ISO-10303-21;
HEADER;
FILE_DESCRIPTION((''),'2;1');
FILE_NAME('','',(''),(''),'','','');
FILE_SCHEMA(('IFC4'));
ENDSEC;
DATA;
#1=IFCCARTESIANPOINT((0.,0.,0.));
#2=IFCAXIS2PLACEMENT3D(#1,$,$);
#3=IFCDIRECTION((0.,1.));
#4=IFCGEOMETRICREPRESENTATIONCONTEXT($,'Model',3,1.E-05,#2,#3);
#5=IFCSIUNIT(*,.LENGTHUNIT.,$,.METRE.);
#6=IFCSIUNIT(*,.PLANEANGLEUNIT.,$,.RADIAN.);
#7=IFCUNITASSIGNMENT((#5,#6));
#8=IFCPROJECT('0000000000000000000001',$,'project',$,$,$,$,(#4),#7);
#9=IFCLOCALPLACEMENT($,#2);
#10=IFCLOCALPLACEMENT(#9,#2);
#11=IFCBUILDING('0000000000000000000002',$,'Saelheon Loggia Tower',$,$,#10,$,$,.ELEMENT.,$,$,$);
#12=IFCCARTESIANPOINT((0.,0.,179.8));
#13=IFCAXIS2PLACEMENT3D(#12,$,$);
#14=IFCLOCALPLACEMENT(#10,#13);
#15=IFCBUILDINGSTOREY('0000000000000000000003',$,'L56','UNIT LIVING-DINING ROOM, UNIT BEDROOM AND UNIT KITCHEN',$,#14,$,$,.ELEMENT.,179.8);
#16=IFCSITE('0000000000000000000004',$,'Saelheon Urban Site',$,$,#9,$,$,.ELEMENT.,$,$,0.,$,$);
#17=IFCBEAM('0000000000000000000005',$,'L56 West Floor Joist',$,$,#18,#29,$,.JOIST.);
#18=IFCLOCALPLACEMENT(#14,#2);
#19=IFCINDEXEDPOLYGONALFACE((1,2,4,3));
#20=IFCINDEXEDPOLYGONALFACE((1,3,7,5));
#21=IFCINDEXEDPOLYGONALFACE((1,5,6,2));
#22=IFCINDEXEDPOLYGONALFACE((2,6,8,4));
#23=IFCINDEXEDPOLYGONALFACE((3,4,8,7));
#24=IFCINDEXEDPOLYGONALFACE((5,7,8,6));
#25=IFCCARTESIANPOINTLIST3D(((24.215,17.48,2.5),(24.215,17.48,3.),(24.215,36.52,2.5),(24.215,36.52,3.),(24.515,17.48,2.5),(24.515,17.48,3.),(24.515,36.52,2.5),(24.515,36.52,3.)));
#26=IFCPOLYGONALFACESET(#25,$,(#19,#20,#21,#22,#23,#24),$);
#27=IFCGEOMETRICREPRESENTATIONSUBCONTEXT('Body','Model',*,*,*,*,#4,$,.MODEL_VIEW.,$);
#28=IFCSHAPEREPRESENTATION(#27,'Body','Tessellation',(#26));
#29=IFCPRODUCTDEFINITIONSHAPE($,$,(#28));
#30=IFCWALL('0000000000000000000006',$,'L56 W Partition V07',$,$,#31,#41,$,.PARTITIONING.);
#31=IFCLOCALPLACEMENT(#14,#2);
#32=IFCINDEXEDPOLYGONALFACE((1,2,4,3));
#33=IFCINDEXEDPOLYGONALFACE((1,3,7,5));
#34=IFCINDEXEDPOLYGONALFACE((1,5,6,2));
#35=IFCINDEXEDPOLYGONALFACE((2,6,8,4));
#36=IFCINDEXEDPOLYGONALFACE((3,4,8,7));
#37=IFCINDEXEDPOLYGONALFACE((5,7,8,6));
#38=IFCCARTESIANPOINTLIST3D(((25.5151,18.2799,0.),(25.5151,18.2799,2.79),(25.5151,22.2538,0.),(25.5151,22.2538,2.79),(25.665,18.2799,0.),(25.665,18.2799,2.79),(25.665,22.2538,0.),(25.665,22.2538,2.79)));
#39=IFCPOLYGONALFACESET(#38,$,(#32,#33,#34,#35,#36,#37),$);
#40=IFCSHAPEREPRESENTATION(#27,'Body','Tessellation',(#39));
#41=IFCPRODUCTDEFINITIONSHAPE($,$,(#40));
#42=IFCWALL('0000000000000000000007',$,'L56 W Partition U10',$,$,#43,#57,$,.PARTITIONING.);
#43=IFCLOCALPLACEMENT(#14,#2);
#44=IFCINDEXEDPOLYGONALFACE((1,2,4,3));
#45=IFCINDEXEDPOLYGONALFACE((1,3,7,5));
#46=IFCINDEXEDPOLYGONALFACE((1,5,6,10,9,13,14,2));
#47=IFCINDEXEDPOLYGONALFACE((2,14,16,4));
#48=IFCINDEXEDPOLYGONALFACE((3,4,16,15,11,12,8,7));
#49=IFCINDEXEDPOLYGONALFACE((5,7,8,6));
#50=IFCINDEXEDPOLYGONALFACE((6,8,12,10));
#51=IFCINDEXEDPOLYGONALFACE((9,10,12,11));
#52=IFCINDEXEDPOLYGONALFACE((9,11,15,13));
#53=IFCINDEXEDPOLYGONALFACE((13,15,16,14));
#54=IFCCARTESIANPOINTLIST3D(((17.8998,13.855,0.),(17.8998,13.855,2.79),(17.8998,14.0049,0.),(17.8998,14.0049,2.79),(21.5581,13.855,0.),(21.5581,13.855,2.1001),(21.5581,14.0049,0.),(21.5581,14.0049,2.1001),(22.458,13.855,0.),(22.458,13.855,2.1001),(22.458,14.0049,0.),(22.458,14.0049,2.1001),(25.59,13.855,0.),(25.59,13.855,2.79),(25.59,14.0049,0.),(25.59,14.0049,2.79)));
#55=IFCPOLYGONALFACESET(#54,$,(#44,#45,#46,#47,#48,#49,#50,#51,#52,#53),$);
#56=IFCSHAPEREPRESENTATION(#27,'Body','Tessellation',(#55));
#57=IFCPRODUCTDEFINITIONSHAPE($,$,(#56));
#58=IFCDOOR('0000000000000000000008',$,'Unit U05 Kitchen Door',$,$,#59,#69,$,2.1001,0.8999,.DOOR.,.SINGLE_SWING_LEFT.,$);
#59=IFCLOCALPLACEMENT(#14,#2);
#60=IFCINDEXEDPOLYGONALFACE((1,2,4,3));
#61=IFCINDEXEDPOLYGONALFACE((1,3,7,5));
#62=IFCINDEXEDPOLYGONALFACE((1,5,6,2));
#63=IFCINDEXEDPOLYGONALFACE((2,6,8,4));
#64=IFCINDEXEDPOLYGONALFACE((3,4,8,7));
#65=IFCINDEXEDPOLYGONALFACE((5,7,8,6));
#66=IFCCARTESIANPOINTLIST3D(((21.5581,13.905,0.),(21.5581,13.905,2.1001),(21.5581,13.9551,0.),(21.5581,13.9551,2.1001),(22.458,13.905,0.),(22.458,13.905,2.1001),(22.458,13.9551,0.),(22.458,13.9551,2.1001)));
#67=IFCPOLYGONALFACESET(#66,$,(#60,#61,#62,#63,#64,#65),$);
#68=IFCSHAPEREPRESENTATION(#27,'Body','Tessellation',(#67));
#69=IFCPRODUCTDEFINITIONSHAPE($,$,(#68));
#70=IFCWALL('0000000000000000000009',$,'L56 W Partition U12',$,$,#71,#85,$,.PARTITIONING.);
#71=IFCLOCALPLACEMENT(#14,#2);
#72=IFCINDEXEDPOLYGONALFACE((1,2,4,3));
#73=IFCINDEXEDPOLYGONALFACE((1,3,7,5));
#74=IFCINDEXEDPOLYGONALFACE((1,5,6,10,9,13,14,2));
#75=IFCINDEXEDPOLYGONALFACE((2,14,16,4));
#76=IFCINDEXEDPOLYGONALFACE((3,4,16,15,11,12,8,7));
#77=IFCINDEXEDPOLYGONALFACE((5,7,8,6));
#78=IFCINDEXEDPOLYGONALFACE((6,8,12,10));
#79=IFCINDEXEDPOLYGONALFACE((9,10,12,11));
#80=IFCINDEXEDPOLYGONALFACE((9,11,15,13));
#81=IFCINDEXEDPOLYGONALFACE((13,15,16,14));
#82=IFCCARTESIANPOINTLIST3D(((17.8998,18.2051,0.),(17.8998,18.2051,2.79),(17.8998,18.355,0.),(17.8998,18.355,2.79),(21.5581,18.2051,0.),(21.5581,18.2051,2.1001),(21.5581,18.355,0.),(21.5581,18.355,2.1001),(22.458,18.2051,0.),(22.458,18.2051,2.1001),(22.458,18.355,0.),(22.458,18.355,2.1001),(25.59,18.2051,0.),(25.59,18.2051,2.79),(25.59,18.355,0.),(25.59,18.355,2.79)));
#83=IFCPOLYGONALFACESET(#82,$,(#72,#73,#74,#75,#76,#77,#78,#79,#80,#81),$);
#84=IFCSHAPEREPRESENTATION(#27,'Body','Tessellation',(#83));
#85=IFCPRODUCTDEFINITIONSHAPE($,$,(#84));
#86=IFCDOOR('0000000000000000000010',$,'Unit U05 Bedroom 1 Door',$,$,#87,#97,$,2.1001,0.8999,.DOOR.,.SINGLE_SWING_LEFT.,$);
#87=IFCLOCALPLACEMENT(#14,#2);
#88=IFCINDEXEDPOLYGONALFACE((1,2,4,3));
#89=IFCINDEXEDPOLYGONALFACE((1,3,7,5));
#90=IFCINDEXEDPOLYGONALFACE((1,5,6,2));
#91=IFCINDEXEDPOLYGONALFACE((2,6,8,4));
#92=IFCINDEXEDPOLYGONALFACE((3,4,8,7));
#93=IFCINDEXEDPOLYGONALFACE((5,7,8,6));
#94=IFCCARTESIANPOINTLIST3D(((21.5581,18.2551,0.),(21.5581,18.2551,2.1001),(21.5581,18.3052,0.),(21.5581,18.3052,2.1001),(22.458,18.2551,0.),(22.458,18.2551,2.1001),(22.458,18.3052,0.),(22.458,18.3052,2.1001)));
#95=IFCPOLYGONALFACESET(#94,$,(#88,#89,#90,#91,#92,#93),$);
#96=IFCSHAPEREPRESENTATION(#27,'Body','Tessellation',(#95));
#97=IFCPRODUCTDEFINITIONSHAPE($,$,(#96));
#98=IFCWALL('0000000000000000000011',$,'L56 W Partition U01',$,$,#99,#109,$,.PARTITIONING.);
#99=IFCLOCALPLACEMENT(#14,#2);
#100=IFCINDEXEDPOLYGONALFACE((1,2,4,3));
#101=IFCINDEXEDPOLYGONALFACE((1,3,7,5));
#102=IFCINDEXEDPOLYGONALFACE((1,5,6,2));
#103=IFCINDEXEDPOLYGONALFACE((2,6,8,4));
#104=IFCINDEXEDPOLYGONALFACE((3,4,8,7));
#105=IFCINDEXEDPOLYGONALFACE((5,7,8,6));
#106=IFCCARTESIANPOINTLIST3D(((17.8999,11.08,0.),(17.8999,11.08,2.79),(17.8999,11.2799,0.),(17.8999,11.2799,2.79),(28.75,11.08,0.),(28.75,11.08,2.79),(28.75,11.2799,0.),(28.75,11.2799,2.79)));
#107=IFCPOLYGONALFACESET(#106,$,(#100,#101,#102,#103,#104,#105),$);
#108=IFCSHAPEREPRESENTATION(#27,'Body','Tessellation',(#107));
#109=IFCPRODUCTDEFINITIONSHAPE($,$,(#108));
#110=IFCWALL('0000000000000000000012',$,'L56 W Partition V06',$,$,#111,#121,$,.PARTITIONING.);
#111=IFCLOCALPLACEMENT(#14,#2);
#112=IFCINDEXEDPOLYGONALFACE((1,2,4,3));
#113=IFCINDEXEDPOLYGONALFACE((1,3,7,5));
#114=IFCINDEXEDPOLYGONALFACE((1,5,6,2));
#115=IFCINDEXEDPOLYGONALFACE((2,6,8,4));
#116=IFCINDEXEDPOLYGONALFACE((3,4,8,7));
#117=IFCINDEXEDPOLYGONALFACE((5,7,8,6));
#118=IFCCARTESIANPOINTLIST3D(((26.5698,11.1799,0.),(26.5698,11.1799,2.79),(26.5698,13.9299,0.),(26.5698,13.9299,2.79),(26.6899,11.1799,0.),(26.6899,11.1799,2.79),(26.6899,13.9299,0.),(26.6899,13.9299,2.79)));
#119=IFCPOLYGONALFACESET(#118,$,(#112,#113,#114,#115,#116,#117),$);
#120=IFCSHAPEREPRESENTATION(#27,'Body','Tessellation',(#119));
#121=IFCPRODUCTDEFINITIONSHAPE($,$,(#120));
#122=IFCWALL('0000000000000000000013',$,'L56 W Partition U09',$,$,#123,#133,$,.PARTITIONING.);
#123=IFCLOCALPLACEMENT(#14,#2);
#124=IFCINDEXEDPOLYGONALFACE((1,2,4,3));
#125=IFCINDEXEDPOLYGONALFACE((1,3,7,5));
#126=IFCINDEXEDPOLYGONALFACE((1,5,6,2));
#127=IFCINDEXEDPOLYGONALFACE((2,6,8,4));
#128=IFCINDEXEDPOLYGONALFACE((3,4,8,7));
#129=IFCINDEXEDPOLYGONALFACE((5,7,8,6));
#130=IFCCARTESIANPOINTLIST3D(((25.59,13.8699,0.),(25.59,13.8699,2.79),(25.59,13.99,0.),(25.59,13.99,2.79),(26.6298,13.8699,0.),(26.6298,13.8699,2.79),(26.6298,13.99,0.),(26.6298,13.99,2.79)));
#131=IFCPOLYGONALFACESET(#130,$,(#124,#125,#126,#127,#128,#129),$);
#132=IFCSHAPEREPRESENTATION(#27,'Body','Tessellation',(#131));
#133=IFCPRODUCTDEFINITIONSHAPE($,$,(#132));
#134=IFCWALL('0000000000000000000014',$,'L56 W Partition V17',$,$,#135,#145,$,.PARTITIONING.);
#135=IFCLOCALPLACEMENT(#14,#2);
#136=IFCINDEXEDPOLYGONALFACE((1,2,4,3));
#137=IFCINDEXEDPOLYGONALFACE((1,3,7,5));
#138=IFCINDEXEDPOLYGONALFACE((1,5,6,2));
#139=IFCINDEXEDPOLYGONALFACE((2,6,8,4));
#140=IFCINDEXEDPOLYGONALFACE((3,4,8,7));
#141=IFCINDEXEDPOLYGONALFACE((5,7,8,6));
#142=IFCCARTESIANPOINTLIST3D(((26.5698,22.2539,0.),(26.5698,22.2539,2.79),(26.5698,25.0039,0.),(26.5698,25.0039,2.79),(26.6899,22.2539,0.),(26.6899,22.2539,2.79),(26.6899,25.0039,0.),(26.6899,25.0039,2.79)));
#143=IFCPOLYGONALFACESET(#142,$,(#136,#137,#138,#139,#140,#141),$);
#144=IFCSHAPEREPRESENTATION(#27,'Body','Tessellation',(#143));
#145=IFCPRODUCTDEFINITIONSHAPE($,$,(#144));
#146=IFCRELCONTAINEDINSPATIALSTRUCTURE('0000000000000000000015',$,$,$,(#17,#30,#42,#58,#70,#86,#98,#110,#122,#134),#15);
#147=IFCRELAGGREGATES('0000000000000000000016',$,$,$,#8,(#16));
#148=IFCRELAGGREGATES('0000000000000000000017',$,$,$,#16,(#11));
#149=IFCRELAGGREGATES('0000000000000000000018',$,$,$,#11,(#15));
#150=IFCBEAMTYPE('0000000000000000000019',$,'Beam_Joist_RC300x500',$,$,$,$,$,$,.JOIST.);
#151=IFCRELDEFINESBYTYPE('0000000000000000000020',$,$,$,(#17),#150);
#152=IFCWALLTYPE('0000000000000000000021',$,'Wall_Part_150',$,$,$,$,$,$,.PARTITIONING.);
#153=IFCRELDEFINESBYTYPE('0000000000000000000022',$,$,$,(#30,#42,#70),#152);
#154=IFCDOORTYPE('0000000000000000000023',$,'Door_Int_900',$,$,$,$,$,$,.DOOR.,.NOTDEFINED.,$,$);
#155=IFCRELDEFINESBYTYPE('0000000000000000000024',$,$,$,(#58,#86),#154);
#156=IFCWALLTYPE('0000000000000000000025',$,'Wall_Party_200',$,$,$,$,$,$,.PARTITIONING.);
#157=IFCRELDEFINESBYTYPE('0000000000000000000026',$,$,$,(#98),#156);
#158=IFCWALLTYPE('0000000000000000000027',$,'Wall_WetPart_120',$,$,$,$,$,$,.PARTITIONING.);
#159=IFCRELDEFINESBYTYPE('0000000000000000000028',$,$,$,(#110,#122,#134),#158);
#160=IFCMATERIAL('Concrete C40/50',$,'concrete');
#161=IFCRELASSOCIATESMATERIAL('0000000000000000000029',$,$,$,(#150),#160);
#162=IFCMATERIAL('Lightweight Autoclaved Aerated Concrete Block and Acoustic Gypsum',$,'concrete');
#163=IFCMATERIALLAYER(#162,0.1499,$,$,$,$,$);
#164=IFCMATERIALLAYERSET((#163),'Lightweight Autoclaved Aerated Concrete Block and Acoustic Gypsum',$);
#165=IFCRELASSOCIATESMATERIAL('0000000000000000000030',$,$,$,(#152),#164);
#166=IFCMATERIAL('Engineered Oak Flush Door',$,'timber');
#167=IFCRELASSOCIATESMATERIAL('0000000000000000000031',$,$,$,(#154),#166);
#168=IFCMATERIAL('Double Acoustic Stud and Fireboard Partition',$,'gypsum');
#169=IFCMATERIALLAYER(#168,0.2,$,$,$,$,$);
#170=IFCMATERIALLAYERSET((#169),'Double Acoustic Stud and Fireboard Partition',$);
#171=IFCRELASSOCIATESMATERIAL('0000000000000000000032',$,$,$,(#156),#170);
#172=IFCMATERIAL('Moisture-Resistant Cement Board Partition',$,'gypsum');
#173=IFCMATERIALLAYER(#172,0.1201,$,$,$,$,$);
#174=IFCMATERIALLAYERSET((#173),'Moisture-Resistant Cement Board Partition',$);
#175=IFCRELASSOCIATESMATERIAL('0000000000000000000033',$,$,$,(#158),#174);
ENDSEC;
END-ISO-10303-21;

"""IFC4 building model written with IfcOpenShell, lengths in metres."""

from ifc_helpers import new_model, si_unit, direction, frame, frame_2d, origin, origin_2d, place, context, subcontext, project, spatial, rectangle, extrude, source, transform, mapped, material, layer, layer_set, material_profile, profile_set, type_object, element, fill, save


model = new_model("IFC4")

# Units and contexts
model_context = context("Model", 3, precision=1e-05, world=origin(), true_north=direction((0.0, 1.0)))
body_context = subcontext(model_context, "Body", "Model", "MODEL_VIEW")
ifc_project = project(units=[si_unit("LENGTHUNIT", "METRE"), si_unit("PLANEANGLEUNIT", "RADIAN")], contexts=[model_context])

# Site, building, storey
site_placement = place(None, origin())
site = spatial("IfcSite", under=ifc_project, at=site_placement, Name="Saelheon Urban Site", CompositionType="ELEMENT", RefElevation=0.0)
building_placement = place(site_placement, origin())
building = spatial("IfcBuilding", under=site, at=building_placement, Name="Saelheon Loggia Tower", CompositionType="ELEMENT")
storey_placement = place(building_placement, frame((0.0, 0.0, 179.8)))
storey = spatial("IfcBuildingStorey", under=building, at=storey_placement, Name="L56", Description="UNIT LIVING-DINING ROOM, UNIT BEDROOM AND UNIT KITCHEN", CompositionType="ELEMENT", Elevation=179.8)

# Beam
ifc_material_1 = material(Name="Concrete C40/50", Category="concrete")
ifc_material_profile = material_profile(ifc_material_1, rectangle(XDim=0.3, YDim=0.5, at=origin_2d()), Name="RC-300x500")
ifc_profile_set = profile_set([ifc_material_profile], Name="Concrete C40/50")
beam_type = type_object("IfcBeamType", Name="Beam_Joist_RC300x500", PredefinedType="JOIST", material=ifc_profile_set)
shared_shape_1 = source(origin(), body_context, "Body", "SweptSolid", [
    extrude(rectangle(XDim=0.3, YDim=0.5, at=origin_2d()), origin(), (0.0, 0.0, 1.0), 19.04),
])
beam_placement = place(storey_placement, frame((24.365, 17.48, 2.75), z_axis=(0.0, 1.0, 0.0), x_axis=(-1.0, 0.0, 0.0)))
element("IfcBeam", 1, at=beam_placement, inside=storey, type_object=beam_type, Name="L56 West Floor Joist", PredefinedType="JOIST", context=body_context, shape_type="MappedRepresentation", body=[
    mapped(shared_shape_1, transform((0.0, 0.0, 0.0), scale=1.0)),
])

# Wall
ifc_material_2 = material(Name="Lightweight Autoclaved Aerated Concrete Block and Acoustic Gypsum", Category="concrete")
ifc_layer_1 = layer(ifc_material_2, 0.1499)
ifc_layer_set_1 = layer_set([ifc_layer_1], Name="Lightweight Autoclaved Aerated Concrete Block and Acoustic Gypsum")
wall_type_1 = type_object("IfcWallType", Name="Wall_Part_150", PredefinedType="PARTITIONING", material=ifc_layer_set_1)
wall_1_placement = place(storey_placement, frame((25.5901, 18.28, 0.0), z_axis=(0.0, 0.0, 1.0), x_axis=(0.0, 1.0, 0.0)))
element("IfcWall", 2, at=wall_1_placement, inside=storey, type_object=wall_type_1, Name="L56 W Partition V07", PredefinedType="PARTITIONING", context=body_context, shape_type="SweptSolid", body=[
    extrude(rectangle(XDim=3.9739, YDim=0.1499, at=frame_2d((1.9868, 0.0))), origin(), (0.0, 0.0, 1.0), 2.79),
])

# Walls, openings, doors
wall_2_placement = place(storey_placement, frame((25.5901, 13.9299, 0.0), z_axis=(0.0, 0.0, 1.0), x_axis=(-1.0, 0.0, 0.0)))
wall_2 = element("IfcWall", 3, at=wall_2_placement, inside=storey, type_object=wall_type_1, Name="L56 W Partition U10", PredefinedType="PARTITIONING", context=body_context, shape_type="SweptSolid", body=[
    extrude(rectangle(XDim=7.6902, YDim=0.1499, at=frame_2d((3.8452, 0.0))), origin(), (0.0, 0.0, 1.0), 2.79),
])
opening_1_placement = place(wall_2_placement, frame((3.1321, 0.0, 0.0)))
opening_1 = element("IfcOpeningElement", 4, at=opening_1_placement, cuts=wall_2, PredefinedType="OPENING", context=body_context, shape_type="SweptSolid", body=[
    extrude(rectangle(XDim=0.8999, YDim=2.1001, at=frame_2d((0.45, 1.05))), frame((0.0, 0.0869, 0.0), z_axis=(0.0, -1.0, 0.0), x_axis=(1.0, 0.0, 0.0)), (0.0, 0.0, 1.0), 0.1738),
])
ifc_material_3 = material(Name="Engineered Oak Flush Door", Category="timber")
door_type = type_object("IfcDoorType", Name="Door_Int_900", OperationType="NOTDEFINED", PredefinedType="DOOR", material=ifc_material_3)
shared_shape_2 = source(origin(), body_context, "Body", "SweptSolid", [
    extrude(rectangle(XDim=0.8999, YDim=2.1001, at=frame_2d((0.45, 1.05))), frame((0.0, 0.0249, 0.0), z_axis=(0.0, -1.0, 0.0), x_axis=(1.0, 0.0, 0.0)), (0.0, 0.0, 1.0), 0.05),
])
door_1_placement = place(opening_1_placement, origin())
door_1 = element("IfcDoor", 5, at=door_1_placement, inside=storey, type_object=door_type, Name="Unit U05 Kitchen Door", OperationType="SINGLE_SWING_LEFT", OverallHeight=2.1001, OverallWidth=0.8999, PredefinedType="DOOR", context=body_context, shape_type="MappedRepresentation", body=[
    mapped(shared_shape_2, transform((0.0, 0.0, 0.0), scale=1.0)),
])
fill(opening_1, door_1)
wall_3_placement = place(storey_placement, frame((25.5901, 18.28, 0.0), z_axis=(0.0, 0.0, 1.0), x_axis=(-1.0, 0.0, 0.0)))
wall_3 = element("IfcWall", 6, at=wall_3_placement, inside=storey, type_object=wall_type_1, Name="L56 W Partition U12", PredefinedType="PARTITIONING", context=body_context, shape_type="SweptSolid", body=[
    extrude(rectangle(XDim=7.6902, YDim=0.1499, at=frame_2d((3.8452, 0.0))), origin(), (0.0, 0.0, 1.0), 2.79),
])
opening_2_placement = place(wall_3_placement, frame((3.1321, 0.0, 0.0)))
opening_2 = element("IfcOpeningElement", 7, at=opening_2_placement, cuts=wall_3, PredefinedType="OPENING", context=body_context, shape_type="SweptSolid", body=[
    extrude(rectangle(XDim=0.8999, YDim=2.1001, at=frame_2d((0.45, 1.05))), frame((0.0, 0.0869, 0.0), z_axis=(0.0, -1.0, 0.0), x_axis=(1.0, 0.0, 0.0)), (0.0, 0.0, 1.0), 0.1738),
])
door_2_placement = place(opening_2_placement, origin())
door_2 = element("IfcDoor", 8, at=door_2_placement, inside=storey, type_object=door_type, Name="Unit U05 Bedroom 1 Door", OperationType="SINGLE_SWING_LEFT", OverallHeight=2.1001, OverallWidth=0.8999, PredefinedType="DOOR", context=body_context, shape_type="MappedRepresentation", body=[
    mapped(shared_shape_2, transform((0.0, 0.0, 0.0), scale=1.0)),
])
fill(opening_2, door_2)

# Walls
ifc_material_4 = material(Name="Double Acoustic Stud and Fireboard Partition", Category="gypsum")
ifc_layer_2 = layer(ifc_material_4, 0.2)
ifc_layer_set_2 = layer_set([ifc_layer_2], Name="Double Acoustic Stud and Fireboard Partition")
wall_type_2 = type_object("IfcWallType", Name="Wall_Party_200", PredefinedType="PARTITIONING", material=ifc_layer_set_2)
wall_4_placement = place(storey_placement, frame((28.75, 11.1799, 0.0), z_axis=(0.0, 0.0, 1.0), x_axis=(-1.0, 0.0, 0.0)))
element("IfcWall", 9, at=wall_4_placement, inside=storey, type_object=wall_type_2, Name="L56 W Partition U01", PredefinedType="PARTITIONING", context=body_context, shape_type="SweptSolid", body=[
    extrude(rectangle(XDim=10.8501, YDim=0.2, at=frame_2d((5.425, 0.0))), origin(), (0.0, 0.0, 1.0), 2.79),
])
ifc_material_5 = material(Name="Moisture-Resistant Cement Board Partition", Category="gypsum")
ifc_layer_3 = layer(ifc_material_5, 0.1201)
ifc_layer_set_3 = layer_set([ifc_layer_3], Name="Moisture-Resistant Cement Board Partition")
wall_type_3 = type_object("IfcWallType", Name="Wall_WetPart_120", PredefinedType="PARTITIONING", material=ifc_layer_set_3)
wall_5_placement = place(storey_placement, frame((26.6299, 11.1799, 0.0), z_axis=(0.0, 0.0, 1.0), x_axis=(0.0, 1.0, 0.0)))
element("IfcWall", 10, at=wall_5_placement, inside=storey, type_object=wall_type_3, Name="L56 W Partition V06", PredefinedType="PARTITIONING", context=body_context, shape_type="SweptSolid", body=[
    extrude(rectangle(XDim=2.75, YDim=0.1201, at=frame_2d((1.375, 0.0))), origin(), (0.0, 0.0, 1.0), 2.79),
])
wall_6_placement = place(storey_placement, frame((26.6299, 13.9299, 0.0), z_axis=(0.0, 0.0, 1.0), x_axis=(-1.0, 0.0, 0.0)))
element("IfcWall", 11, at=wall_6_placement, inside=storey, type_object=wall_type_3, Name="L56 W Partition U09", PredefinedType="PARTITIONING", context=body_context, shape_type="SweptSolid", body=[
    extrude(rectangle(XDim=1.0398, YDim=0.1201, at=frame_2d((0.52, 0.0))), origin(), (0.0, 0.0, 1.0), 2.79),
])
wall_7_placement = place(storey_placement, frame((26.6299, 22.2539, 0.0), z_axis=(0.0, 0.0, 1.0), x_axis=(0.0, 1.0, 0.0)))
element("IfcWall", 12, at=wall_7_placement, inside=storey, type_object=wall_type_3, Name="L56 W Partition V17", PredefinedType="PARTITIONING", context=body_context, shape_type="SweptSolid", body=[
    extrude(rectangle(XDim=2.75, YDim=0.1201, at=frame_2d((1.375, 0.0))), origin(), (0.0, 0.0, 1.0), 2.79),
])

save(model, "model.ifc")
